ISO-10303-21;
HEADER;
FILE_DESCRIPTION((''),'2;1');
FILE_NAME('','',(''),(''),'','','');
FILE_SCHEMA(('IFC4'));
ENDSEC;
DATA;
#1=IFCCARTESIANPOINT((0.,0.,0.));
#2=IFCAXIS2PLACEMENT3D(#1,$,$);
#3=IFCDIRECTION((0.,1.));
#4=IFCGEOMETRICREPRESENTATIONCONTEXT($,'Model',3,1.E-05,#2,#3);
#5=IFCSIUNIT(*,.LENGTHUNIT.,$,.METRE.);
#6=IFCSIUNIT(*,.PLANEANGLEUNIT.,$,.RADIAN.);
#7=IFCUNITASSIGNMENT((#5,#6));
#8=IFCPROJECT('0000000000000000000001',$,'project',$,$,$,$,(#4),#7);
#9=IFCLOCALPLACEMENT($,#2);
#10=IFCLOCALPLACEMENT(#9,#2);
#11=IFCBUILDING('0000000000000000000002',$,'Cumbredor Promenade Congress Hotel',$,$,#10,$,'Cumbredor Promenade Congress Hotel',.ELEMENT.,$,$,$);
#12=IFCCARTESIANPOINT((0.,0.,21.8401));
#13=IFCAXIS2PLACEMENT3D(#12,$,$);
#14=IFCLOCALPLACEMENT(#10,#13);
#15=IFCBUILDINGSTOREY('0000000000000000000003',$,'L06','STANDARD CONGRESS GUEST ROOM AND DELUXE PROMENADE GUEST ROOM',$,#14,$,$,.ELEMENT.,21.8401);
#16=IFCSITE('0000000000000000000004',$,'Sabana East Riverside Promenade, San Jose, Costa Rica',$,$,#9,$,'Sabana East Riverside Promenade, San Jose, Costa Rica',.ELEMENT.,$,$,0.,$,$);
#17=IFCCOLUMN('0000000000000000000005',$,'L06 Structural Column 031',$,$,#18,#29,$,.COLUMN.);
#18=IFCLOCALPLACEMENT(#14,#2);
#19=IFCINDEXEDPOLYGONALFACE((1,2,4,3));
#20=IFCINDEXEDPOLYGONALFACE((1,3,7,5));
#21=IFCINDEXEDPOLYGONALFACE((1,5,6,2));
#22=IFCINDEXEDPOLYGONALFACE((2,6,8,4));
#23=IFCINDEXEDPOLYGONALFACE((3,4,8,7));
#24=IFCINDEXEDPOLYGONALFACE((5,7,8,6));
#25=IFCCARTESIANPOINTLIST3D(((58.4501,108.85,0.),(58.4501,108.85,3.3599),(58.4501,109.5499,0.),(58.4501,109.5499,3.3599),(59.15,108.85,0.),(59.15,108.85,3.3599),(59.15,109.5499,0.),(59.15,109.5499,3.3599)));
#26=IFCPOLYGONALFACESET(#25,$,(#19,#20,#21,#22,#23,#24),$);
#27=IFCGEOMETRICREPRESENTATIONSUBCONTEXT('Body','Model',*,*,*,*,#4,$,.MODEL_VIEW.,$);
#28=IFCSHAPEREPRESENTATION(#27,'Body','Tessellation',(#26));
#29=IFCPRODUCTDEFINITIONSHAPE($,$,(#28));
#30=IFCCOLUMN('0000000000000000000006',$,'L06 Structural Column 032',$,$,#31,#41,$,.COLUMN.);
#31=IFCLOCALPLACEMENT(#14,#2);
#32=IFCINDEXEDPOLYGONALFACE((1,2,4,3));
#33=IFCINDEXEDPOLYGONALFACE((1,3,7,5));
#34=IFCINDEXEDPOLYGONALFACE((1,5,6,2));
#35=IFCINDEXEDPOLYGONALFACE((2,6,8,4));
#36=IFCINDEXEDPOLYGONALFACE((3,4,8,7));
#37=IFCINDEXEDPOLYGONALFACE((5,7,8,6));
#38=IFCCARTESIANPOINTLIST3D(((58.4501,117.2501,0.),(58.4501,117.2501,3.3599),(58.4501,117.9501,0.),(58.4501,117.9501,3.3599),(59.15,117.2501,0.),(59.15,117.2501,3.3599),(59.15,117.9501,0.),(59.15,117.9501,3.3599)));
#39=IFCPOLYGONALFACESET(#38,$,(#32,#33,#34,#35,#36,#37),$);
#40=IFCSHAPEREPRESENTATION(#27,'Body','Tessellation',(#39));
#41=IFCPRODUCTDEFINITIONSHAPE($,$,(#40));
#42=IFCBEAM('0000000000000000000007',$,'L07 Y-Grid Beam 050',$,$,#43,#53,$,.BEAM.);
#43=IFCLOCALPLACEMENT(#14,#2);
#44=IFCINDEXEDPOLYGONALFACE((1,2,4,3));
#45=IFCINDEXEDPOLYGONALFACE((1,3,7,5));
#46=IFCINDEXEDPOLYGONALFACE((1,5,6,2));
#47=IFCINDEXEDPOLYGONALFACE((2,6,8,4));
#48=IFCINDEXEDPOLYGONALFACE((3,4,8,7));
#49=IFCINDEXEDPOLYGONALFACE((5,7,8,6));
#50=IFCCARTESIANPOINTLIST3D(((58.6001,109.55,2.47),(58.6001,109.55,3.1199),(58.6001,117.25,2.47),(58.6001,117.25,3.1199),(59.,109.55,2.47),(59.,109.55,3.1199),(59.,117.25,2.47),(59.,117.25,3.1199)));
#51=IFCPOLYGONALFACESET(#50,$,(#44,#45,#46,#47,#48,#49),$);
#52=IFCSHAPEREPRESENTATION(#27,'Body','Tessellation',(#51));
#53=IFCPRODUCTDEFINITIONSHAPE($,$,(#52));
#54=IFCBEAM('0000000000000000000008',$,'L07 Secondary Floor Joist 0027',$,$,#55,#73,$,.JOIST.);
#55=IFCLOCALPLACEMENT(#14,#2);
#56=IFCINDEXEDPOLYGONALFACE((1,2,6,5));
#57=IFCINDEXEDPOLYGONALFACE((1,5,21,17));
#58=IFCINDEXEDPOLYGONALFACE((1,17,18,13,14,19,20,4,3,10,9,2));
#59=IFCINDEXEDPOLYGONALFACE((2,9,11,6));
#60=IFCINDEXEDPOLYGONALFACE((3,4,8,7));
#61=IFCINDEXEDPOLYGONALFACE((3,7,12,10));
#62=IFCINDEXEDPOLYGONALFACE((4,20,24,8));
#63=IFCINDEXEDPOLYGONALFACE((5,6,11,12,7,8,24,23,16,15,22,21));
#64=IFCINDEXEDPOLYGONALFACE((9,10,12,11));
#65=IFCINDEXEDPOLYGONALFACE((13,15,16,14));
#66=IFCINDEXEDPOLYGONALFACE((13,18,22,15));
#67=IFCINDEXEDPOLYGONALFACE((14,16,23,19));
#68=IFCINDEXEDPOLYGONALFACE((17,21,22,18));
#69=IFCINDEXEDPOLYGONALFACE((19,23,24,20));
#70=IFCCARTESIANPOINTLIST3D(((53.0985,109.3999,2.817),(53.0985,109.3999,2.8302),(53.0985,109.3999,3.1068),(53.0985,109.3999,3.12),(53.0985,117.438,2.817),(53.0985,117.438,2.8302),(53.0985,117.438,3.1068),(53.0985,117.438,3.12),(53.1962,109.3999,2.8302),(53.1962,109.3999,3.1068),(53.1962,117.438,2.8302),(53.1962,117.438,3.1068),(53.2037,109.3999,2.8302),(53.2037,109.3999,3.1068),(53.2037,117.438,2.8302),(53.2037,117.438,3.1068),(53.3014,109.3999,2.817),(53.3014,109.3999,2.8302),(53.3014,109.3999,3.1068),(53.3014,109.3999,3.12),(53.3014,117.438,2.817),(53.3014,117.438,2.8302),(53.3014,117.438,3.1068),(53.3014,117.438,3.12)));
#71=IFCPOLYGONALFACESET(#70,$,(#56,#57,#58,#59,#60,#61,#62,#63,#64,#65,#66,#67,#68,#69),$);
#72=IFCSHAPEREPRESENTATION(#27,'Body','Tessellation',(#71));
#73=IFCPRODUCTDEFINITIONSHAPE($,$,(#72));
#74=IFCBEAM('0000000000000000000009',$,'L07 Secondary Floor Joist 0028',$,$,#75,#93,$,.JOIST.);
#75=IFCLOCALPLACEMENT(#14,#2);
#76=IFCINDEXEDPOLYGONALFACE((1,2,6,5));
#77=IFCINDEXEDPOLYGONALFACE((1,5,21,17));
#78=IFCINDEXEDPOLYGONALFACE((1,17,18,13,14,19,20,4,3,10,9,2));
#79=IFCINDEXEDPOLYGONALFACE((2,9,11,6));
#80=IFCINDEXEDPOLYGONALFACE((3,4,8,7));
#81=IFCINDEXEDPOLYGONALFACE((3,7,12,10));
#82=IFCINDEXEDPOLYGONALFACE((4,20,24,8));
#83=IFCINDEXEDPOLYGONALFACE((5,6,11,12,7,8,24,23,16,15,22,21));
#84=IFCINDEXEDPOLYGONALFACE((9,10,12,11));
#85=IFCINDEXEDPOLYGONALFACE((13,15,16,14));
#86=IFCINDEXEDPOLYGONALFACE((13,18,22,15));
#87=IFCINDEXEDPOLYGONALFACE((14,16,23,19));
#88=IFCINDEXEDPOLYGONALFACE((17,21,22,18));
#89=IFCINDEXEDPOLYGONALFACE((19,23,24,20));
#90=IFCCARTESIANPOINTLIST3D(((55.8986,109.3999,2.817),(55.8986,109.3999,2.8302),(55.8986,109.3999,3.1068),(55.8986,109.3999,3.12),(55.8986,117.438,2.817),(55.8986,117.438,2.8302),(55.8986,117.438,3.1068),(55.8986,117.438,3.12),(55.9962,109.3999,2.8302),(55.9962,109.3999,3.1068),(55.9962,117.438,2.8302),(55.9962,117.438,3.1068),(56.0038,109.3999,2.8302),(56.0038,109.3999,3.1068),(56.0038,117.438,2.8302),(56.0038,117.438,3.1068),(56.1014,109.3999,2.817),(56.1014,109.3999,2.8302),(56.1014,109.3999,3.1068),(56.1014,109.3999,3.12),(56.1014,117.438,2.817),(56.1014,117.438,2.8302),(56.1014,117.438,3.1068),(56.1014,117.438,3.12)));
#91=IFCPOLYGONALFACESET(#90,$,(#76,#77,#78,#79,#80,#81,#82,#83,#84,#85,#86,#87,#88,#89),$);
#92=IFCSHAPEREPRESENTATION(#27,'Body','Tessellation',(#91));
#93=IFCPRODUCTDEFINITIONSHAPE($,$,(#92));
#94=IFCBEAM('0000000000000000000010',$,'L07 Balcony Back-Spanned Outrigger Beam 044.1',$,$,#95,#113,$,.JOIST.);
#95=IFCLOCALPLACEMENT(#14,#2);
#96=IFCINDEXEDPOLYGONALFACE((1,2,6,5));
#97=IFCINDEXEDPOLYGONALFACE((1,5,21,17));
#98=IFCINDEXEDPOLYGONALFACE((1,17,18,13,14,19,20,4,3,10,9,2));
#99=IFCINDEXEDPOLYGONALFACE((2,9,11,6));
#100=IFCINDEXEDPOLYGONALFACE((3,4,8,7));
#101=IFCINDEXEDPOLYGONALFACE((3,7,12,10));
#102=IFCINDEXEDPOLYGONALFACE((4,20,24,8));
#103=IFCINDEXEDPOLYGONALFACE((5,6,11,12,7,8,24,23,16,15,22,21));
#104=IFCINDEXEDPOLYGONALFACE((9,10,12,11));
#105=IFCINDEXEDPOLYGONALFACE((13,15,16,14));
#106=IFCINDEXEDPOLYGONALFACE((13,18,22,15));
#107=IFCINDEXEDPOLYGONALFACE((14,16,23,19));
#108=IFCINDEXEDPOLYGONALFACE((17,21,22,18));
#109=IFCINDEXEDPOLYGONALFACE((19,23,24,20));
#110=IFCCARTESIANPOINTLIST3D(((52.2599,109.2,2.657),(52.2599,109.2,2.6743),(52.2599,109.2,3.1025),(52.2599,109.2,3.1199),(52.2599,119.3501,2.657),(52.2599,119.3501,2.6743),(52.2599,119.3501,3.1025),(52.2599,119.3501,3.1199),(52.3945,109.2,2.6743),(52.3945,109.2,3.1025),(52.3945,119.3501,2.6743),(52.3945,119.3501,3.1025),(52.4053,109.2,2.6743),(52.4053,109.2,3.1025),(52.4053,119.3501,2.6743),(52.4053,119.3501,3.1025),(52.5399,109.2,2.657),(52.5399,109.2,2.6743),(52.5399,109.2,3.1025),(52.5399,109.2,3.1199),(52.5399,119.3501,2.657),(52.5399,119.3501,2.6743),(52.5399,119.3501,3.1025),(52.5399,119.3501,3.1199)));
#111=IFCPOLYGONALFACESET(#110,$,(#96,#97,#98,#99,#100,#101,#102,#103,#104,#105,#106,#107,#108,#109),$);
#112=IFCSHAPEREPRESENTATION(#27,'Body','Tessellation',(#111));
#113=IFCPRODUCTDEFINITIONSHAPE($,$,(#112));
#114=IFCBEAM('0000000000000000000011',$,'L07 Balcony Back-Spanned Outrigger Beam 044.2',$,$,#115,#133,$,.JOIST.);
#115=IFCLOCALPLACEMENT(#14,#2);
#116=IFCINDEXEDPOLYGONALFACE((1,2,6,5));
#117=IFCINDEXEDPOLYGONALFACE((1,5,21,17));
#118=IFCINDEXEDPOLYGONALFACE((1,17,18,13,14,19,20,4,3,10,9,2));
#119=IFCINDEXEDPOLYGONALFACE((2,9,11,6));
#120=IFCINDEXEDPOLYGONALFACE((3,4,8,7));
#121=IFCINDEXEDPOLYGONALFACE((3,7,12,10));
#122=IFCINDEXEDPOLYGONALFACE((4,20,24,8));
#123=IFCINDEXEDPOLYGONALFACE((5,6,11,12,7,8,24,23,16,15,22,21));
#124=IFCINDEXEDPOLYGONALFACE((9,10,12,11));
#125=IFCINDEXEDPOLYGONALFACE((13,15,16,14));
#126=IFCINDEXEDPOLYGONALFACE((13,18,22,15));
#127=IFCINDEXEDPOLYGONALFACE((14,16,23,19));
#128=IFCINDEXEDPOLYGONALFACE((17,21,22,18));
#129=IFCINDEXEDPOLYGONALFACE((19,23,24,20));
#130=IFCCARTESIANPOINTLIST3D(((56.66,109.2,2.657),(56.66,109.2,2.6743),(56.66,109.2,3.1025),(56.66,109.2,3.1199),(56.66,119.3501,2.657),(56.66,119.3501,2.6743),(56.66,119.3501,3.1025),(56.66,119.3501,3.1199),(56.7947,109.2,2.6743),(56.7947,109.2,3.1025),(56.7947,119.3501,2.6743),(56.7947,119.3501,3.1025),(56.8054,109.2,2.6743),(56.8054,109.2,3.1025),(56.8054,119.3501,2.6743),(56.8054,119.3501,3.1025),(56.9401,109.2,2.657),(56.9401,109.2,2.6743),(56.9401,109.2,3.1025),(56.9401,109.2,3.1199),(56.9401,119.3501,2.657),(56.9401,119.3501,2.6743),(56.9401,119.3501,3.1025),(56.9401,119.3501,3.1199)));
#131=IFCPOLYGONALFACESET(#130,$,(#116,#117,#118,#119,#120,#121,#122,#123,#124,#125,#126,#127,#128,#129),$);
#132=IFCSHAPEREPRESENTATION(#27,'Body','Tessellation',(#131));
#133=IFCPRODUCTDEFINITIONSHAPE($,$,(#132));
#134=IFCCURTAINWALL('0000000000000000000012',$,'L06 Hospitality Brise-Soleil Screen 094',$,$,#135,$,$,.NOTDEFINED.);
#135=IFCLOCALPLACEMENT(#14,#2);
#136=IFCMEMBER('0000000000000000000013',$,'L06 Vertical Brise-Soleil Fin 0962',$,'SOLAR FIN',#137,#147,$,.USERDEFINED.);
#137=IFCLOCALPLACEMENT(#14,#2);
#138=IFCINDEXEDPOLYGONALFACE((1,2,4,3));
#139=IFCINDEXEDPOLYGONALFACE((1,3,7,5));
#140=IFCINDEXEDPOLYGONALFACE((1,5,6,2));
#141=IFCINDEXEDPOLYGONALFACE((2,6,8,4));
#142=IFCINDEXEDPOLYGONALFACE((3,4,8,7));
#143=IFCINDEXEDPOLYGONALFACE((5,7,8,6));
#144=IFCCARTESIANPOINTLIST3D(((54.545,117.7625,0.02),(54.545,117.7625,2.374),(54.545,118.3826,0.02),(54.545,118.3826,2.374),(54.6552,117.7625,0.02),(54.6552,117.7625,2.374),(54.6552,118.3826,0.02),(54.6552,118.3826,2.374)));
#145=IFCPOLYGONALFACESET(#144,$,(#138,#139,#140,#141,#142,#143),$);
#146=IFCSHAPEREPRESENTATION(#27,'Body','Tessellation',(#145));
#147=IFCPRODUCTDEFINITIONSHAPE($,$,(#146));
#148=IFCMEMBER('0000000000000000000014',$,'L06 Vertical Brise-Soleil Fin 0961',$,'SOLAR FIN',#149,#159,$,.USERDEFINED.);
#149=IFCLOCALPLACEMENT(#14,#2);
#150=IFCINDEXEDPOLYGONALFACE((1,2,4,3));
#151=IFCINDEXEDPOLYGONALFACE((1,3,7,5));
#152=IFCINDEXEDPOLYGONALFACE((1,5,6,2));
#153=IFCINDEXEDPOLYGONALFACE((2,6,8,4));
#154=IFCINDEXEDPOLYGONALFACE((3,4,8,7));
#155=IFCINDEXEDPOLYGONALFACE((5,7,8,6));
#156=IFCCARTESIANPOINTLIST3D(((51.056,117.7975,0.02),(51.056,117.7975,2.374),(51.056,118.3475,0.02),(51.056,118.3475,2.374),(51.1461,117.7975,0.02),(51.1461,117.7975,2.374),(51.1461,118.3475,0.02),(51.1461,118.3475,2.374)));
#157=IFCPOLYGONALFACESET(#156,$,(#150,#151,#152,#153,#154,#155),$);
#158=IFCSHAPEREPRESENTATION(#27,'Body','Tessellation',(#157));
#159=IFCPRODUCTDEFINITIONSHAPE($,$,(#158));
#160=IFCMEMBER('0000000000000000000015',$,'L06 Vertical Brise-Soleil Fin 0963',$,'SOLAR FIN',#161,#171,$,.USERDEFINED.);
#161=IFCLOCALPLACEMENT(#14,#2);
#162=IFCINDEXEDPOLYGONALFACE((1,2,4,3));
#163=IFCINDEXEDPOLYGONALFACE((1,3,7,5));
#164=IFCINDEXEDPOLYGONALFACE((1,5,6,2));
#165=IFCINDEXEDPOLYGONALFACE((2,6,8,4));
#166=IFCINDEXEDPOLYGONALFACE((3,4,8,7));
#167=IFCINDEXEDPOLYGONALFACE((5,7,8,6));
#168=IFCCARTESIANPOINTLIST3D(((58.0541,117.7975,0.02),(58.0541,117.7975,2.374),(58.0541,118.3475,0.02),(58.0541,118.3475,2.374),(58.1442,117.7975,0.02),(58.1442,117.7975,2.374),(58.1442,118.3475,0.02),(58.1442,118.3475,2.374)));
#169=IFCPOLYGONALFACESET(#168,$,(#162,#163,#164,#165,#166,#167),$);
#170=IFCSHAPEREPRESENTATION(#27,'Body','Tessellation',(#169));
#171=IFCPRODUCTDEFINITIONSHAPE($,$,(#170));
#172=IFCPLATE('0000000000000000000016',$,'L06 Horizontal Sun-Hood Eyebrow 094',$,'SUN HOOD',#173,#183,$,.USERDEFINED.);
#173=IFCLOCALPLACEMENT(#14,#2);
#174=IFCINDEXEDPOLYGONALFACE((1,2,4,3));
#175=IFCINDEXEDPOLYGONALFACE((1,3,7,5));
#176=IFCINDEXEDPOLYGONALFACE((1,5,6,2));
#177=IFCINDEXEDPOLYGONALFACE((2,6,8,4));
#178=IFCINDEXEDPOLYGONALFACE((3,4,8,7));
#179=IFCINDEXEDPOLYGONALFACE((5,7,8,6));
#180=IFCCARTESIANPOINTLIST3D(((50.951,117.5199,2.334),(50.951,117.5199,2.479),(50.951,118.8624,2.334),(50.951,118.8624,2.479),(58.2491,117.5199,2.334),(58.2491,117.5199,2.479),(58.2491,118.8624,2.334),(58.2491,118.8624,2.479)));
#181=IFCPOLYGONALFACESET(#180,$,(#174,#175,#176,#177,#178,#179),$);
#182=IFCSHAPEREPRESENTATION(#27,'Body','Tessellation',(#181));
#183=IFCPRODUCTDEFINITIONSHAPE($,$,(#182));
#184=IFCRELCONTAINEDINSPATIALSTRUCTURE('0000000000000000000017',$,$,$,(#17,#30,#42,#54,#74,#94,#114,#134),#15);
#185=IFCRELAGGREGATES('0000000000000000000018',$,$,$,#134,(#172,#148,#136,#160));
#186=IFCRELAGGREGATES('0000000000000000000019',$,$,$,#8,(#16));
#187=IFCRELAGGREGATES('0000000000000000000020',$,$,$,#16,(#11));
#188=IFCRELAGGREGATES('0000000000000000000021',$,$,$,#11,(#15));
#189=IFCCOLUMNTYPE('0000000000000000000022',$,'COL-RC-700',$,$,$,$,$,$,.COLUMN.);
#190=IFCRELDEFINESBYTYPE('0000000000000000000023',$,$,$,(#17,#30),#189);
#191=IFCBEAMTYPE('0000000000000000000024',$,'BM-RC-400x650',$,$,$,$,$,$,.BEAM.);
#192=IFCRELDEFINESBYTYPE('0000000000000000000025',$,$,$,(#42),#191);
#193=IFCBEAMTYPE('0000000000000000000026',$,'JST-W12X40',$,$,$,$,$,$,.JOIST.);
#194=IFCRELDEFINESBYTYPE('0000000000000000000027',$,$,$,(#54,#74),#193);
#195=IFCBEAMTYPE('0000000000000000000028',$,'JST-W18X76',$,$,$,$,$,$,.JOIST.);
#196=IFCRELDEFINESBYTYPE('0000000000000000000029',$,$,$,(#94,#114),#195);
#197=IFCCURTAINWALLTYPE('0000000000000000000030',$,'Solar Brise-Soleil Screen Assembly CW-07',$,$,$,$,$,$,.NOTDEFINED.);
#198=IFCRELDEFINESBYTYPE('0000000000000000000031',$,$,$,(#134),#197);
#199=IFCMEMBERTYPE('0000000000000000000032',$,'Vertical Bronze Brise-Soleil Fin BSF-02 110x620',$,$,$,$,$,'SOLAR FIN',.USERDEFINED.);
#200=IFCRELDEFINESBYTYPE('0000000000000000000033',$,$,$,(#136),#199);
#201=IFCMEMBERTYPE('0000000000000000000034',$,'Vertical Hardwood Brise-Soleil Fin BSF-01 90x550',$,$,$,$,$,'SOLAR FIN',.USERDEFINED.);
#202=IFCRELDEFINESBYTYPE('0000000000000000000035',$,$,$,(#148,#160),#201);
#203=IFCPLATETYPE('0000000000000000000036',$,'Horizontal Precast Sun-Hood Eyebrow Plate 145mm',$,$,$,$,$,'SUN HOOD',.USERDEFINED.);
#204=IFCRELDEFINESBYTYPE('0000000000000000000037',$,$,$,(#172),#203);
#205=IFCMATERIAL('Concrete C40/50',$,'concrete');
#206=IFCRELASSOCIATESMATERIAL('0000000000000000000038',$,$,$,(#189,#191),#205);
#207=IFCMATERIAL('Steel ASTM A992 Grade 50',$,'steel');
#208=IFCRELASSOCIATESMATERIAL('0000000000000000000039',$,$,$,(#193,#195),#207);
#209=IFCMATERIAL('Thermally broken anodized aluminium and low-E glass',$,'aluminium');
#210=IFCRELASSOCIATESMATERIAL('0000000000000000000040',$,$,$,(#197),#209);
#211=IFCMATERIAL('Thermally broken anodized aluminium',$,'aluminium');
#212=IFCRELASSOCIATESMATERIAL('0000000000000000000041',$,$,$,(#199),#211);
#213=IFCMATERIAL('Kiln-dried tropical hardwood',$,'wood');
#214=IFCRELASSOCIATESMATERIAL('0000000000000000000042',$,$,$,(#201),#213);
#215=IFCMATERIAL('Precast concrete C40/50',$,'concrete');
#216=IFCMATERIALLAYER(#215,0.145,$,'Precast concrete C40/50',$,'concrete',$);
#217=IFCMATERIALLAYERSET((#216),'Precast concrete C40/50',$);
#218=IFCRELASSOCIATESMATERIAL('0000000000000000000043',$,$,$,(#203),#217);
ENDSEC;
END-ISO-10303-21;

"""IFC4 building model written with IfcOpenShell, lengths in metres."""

from ifc_helpers import new_model, si_unit, direction, frame, origin, origin_2d, place, context, subcontext, project, spatial, rectangle, i_section, extrude, material, layer, layer_set, material_profile, profile_set, type_object, element, aggregate, save


model = new_model("IFC4")

# Units and contexts
model_context = context("Model", 3, precision=1e-05, world=origin(), true_north=direction((0.0, 1.0)))
body_context = subcontext(model_context, "Body", "Model", "MODEL_VIEW")
ifc_project = project(units=[si_unit("LENGTHUNIT", "METRE"), si_unit("PLANEANGLEUNIT", "RADIAN")], contexts=[model_context])

# Site, building, storey
site_placement = place(None, origin())
site = spatial("IfcSite", under=ifc_project, at=site_placement, Name="Sabana East Riverside Promenade, San Jose, Costa Rica", LongName="Sabana East Riverside Promenade, San Jose, Costa Rica", CompositionType="ELEMENT", RefElevation=0.0)
building_placement = place(site_placement, origin())
building = spatial("IfcBuilding", under=site, at=building_placement, Name="Cumbredor Promenade Congress Hotel", LongName="Cumbredor Promenade Congress Hotel", CompositionType="ELEMENT")
storey_placement = place(building_placement, frame((0.0, 0.0, 21.8401)))
storey = spatial("IfcBuildingStorey", under=building, at=storey_placement, Name="L06", Description="STANDARD CONGRESS GUEST ROOM AND DELUXE PROMENADE GUEST ROOM", CompositionType="ELEMENT", Elevation=21.8401)

# Columns
ifc_material_1 = material(Name="Concrete C40/50", Category="concrete")
ifc_material_profile_1 = material_profile(ifc_material_1, rectangle(XDim=0.7, YDim=0.7, at=origin_2d()), Name="RC 700x700")
ifc_profile_set_1 = profile_set([ifc_material_profile_1], Name="Concrete C40/50")
column_type = type_object("IfcColumnType", Name="COL-RC-700", PredefinedType="COLUMN", material=ifc_profile_set_1)
for number, where, z_axis, x_axis, name in (
    (1, (58.8, 109.2, 0.0), (0.0, 0.0, 1.0), (1.0, 0.0, 0.0), "L06 Structural Column 031"),
    (2, (58.8, 117.6001, 0.0), (0.0, 0.0, 1.0), (1.0, 0.0, 0.0), "L06 Structural Column 032"),
):
    element("IfcColumn", number, at=place(storey_placement, frame(where, z_axis=z_axis, x_axis=x_axis)), inside=storey, type_object=column_type, Name=name, PredefinedType="COLUMN", context=body_context, shape_type="SweptSolid", body=[
        extrude(rectangle(XDim=0.7, YDim=0.7, at=origin_2d()), origin(), (0.0, 0.0, 1.0), 3.3599),
    ])

# Beams
ifc_material_profile_2 = material_profile(ifc_material_1, rectangle(XDim=0.3999, YDim=0.6499, at=origin_2d()), Name="RC BEAM 400x650")
ifc_profile_set_2 = profile_set([ifc_material_profile_2], Name="Concrete C40/50")
beam_type_1 = type_object("IfcBeamType", Name="BM-RC-400x650", PredefinedType="BEAM", material=ifc_profile_set_2)
beam_placement = place(storey_placement, frame((58.8, 109.55, 2.7949), z_axis=(0.0, 1.0, 0.0), x_axis=(-1.0, 0.0, 0.0)))
element("IfcBeam", 3, at=beam_placement, inside=storey, type_object=beam_type_1, Name="L07 Y-Grid Beam 050", PredefinedType="BEAM", context=body_context, shape_type="SweptSolid", body=[
    extrude(rectangle(XDim=0.3999, YDim=0.6499, at=origin_2d()), origin(), (0.0, 0.0, 1.0), 7.7),
])
ifc_material_2 = material(Name="Steel ASTM A992 Grade 50", Category="steel")
ifc_material_profile_3 = material_profile(ifc_material_2, i_section(OverallWidth=0.2029, OverallDepth=0.303, WebThickness=0.0076, FlangeThickness=0.0132, at=origin_2d()), Name="W12X40")
ifc_profile_set_3 = profile_set([ifc_material_profile_3], Name="Steel ASTM A992 Grade 50")
beam_type_2 = type_object("IfcBeamType", Name="JST-W12X40", PredefinedType="JOIST", material=ifc_profile_set_3)
for number, where, z_axis, x_axis, name in (
    (4, (53.2, 109.3999, 2.9685), (0.0, 1.0, 0.0), (-1.0, 0.0, 0.0), "L07 Secondary Floor Joist 0027"),
    (5, (56.0, 109.3999, 2.9685), (0.0, 1.0, 0.0), (-1.0, 0.0, 0.0), "L07 Secondary Floor Joist 0028"),
):
    element("IfcBeam", number, at=place(storey_placement, frame(where, z_axis=z_axis, x_axis=x_axis)), inside=storey, type_object=beam_type_2, Name=name, PredefinedType="JOIST", context=body_context, shape_type="SweptSolid", body=[
        extrude(i_section(OverallWidth=0.2029, OverallDepth=0.303, WebThickness=0.0076, FlangeThickness=0.0132, at=origin_2d()), origin(), (0.0, 0.0, 1.0), 8.0381),
    ])
ifc_material_profile_4 = material_profile(ifc_material_2, i_section(OverallWidth=0.28, OverallDepth=0.4629, WebThickness=0.0107, FlangeThickness=0.0173, at=origin_2d()), Name="W18X76")
ifc_profile_set_4 = profile_set([ifc_material_profile_4], Name="Steel ASTM A992 Grade 50")
beam_type_3 = type_object("IfcBeamType", Name="JST-W18X76", PredefinedType="JOIST", material=ifc_profile_set_4)
for number, where, z_axis, x_axis, name in (
    (6, (52.3999, 109.2, 2.8884), (0.0, 1.0, 0.0), (-1.0, 0.0, 0.0), "L07 Balcony Back-Spanned Outrigger Beam 044.1"),
    (7, (56.8, 109.2, 2.8884), (0.0, 1.0, 0.0), (-1.0, 0.0, 0.0), "L07 Balcony Back-Spanned Outrigger Beam 044.2"),
):
    element("IfcBeam", number, at=place(storey_placement, frame(where, z_axis=z_axis, x_axis=x_axis)), inside=storey, type_object=beam_type_3, Name=name, PredefinedType="JOIST", context=body_context, shape_type="SweptSolid", body=[
        extrude(i_section(OverallWidth=0.28, OverallDepth=0.4629, WebThickness=0.0107, FlangeThickness=0.0173, at=origin_2d()), origin(), (0.0, 0.0, 1.0), 10.1501),
    ])

# Curtain wall, members, plate
ifc_material_3 = material(Name="Thermally broken anodized aluminium and low-E glass", Category="aluminium")
curtain_wall_type = type_object("IfcCurtainWallType", Name="Solar Brise-Soleil Screen Assembly CW-07", PredefinedType="NOTDEFINED", material=ifc_material_3)
curtain_wall_placement = place(storey_placement, origin())
curtain_wall = element("IfcCurtainWall", 8, at=curtain_wall_placement, inside=storey, type_object=curtain_wall_type, Name="L06 Hospitality Brise-Soleil Screen 094", PredefinedType="NOTDEFINED")
ifc_material_4 = material(Name="Thermally broken anodized aluminium", Category="aluminium")
ifc_material_profile_5 = material_profile(ifc_material_4, rectangle(XDim=0.1101, YDim=0.6201, at=origin_2d()), Name="ARCH FIN 110x620")
ifc_profile_set_5 = profile_set([ifc_material_profile_5], Name="Thermally broken anodized aluminium")
member_type_1 = type_object("IfcMemberType", Name="Vertical Bronze Brise-Soleil Fin BSF-02 110x620", ElementType="SOLAR FIN", PredefinedType="USERDEFINED", material=ifc_profile_set_5)
member_1_placement = place(storey_placement, frame((54.6001, 118.0725, 0.02), z_axis=(0.0, 0.0, 1.0), x_axis=(1.0, 0.0, 0.0)))
member_1 = element("IfcMember", 9, at=member_1_placement, type_object=member_type_1, Name="L06 Vertical Brise-Soleil Fin 0962", ObjectType="SOLAR FIN", PredefinedType="USERDEFINED", context=body_context, shape_type="SweptSolid", body=[
    extrude(rectangle(XDim=0.1101, YDim=0.6201, at=origin_2d()), origin(), (0.0, 0.0, 1.0), 2.354),
])
ifc_material_5 = material(Name="Kiln-dried tropical hardwood", Category="wood")
ifc_material_profile_6 = material_profile(ifc_material_5, rectangle(XDim=0.0901, YDim=0.55, at=origin_2d()), Name="ARCH FIN 90x550")
ifc_profile_set_6 = profile_set([ifc_material_profile_6], Name="Kiln-dried tropical hardwood")
member_type_2 = type_object("IfcMemberType", Name="Vertical Hardwood Brise-Soleil Fin BSF-01 90x550", ElementType="SOLAR FIN", PredefinedType="USERDEFINED", material=ifc_profile_set_6)
member_2_placement = place(storey_placement, frame((51.1011, 118.0725, 0.02), z_axis=(0.0, 0.0, 1.0), x_axis=(1.0, 0.0, 0.0)))
member_2 = element("IfcMember", 10, at=member_2_placement, type_object=member_type_2, Name="L06 Vertical Brise-Soleil Fin 0961", ObjectType="SOLAR FIN", PredefinedType="USERDEFINED", context=body_context, shape_type="SweptSolid", body=[
    extrude(rectangle(XDim=0.0901, YDim=0.55, at=origin_2d()), origin(), (0.0, 0.0, 1.0), 2.354),
])
member_3_placement = place(storey_placement, frame((58.0991, 118.0725, 0.02), z_axis=(0.0, 0.0, 1.0), x_axis=(1.0, 0.0, 0.0)))
member_3 = element("IfcMember", 11, at=member_3_placement, type_object=member_type_2, Name="L06 Vertical Brise-Soleil Fin 0963", ObjectType="SOLAR FIN", PredefinedType="USERDEFINED", context=body_context, shape_type="SweptSolid", body=[
    extrude(rectangle(XDim=0.0901, YDim=0.55, at=origin_2d()), origin(), (0.0, 0.0, 1.0), 2.354),
])
ifc_material_6 = material(Name="Precast concrete C40/50", Category="concrete")
ifc_layer_1 = layer(ifc_material_6, 0.145, Name="Precast concrete C40/50", Category="concrete")
ifc_layer_set_1 = layer_set([ifc_layer_1], Name="Precast concrete C40/50")
plate_type = type_object("IfcPlateType", Name="Horizontal Precast Sun-Hood Eyebrow Plate 145mm", ElementType="SUN HOOD", PredefinedType="USERDEFINED", material=ifc_layer_set_1)
plate_placement = place(storey_placement, frame((54.6001, 118.1912, 2.334), z_axis=(0.0, 0.0, 1.0), x_axis=(1.0, 0.0, 0.0)))
plate = element("IfcPlate", 12, at=plate_placement, type_object=plate_type, Name="L06 Horizontal Sun-Hood Eyebrow 094", ObjectType="SUN HOOD", PredefinedType="USERDEFINED", context=body_context, shape_type="SweptSolid", body=[
    extrude(rectangle(XDim=7.2981, YDim=1.3425, at=origin_2d()), origin(), (0.0, 0.0, 1.0), 0.145),
])
aggregate(curtain_wall, [plate, member_2, member_1, member_3])

save(model, "model.ifc")
